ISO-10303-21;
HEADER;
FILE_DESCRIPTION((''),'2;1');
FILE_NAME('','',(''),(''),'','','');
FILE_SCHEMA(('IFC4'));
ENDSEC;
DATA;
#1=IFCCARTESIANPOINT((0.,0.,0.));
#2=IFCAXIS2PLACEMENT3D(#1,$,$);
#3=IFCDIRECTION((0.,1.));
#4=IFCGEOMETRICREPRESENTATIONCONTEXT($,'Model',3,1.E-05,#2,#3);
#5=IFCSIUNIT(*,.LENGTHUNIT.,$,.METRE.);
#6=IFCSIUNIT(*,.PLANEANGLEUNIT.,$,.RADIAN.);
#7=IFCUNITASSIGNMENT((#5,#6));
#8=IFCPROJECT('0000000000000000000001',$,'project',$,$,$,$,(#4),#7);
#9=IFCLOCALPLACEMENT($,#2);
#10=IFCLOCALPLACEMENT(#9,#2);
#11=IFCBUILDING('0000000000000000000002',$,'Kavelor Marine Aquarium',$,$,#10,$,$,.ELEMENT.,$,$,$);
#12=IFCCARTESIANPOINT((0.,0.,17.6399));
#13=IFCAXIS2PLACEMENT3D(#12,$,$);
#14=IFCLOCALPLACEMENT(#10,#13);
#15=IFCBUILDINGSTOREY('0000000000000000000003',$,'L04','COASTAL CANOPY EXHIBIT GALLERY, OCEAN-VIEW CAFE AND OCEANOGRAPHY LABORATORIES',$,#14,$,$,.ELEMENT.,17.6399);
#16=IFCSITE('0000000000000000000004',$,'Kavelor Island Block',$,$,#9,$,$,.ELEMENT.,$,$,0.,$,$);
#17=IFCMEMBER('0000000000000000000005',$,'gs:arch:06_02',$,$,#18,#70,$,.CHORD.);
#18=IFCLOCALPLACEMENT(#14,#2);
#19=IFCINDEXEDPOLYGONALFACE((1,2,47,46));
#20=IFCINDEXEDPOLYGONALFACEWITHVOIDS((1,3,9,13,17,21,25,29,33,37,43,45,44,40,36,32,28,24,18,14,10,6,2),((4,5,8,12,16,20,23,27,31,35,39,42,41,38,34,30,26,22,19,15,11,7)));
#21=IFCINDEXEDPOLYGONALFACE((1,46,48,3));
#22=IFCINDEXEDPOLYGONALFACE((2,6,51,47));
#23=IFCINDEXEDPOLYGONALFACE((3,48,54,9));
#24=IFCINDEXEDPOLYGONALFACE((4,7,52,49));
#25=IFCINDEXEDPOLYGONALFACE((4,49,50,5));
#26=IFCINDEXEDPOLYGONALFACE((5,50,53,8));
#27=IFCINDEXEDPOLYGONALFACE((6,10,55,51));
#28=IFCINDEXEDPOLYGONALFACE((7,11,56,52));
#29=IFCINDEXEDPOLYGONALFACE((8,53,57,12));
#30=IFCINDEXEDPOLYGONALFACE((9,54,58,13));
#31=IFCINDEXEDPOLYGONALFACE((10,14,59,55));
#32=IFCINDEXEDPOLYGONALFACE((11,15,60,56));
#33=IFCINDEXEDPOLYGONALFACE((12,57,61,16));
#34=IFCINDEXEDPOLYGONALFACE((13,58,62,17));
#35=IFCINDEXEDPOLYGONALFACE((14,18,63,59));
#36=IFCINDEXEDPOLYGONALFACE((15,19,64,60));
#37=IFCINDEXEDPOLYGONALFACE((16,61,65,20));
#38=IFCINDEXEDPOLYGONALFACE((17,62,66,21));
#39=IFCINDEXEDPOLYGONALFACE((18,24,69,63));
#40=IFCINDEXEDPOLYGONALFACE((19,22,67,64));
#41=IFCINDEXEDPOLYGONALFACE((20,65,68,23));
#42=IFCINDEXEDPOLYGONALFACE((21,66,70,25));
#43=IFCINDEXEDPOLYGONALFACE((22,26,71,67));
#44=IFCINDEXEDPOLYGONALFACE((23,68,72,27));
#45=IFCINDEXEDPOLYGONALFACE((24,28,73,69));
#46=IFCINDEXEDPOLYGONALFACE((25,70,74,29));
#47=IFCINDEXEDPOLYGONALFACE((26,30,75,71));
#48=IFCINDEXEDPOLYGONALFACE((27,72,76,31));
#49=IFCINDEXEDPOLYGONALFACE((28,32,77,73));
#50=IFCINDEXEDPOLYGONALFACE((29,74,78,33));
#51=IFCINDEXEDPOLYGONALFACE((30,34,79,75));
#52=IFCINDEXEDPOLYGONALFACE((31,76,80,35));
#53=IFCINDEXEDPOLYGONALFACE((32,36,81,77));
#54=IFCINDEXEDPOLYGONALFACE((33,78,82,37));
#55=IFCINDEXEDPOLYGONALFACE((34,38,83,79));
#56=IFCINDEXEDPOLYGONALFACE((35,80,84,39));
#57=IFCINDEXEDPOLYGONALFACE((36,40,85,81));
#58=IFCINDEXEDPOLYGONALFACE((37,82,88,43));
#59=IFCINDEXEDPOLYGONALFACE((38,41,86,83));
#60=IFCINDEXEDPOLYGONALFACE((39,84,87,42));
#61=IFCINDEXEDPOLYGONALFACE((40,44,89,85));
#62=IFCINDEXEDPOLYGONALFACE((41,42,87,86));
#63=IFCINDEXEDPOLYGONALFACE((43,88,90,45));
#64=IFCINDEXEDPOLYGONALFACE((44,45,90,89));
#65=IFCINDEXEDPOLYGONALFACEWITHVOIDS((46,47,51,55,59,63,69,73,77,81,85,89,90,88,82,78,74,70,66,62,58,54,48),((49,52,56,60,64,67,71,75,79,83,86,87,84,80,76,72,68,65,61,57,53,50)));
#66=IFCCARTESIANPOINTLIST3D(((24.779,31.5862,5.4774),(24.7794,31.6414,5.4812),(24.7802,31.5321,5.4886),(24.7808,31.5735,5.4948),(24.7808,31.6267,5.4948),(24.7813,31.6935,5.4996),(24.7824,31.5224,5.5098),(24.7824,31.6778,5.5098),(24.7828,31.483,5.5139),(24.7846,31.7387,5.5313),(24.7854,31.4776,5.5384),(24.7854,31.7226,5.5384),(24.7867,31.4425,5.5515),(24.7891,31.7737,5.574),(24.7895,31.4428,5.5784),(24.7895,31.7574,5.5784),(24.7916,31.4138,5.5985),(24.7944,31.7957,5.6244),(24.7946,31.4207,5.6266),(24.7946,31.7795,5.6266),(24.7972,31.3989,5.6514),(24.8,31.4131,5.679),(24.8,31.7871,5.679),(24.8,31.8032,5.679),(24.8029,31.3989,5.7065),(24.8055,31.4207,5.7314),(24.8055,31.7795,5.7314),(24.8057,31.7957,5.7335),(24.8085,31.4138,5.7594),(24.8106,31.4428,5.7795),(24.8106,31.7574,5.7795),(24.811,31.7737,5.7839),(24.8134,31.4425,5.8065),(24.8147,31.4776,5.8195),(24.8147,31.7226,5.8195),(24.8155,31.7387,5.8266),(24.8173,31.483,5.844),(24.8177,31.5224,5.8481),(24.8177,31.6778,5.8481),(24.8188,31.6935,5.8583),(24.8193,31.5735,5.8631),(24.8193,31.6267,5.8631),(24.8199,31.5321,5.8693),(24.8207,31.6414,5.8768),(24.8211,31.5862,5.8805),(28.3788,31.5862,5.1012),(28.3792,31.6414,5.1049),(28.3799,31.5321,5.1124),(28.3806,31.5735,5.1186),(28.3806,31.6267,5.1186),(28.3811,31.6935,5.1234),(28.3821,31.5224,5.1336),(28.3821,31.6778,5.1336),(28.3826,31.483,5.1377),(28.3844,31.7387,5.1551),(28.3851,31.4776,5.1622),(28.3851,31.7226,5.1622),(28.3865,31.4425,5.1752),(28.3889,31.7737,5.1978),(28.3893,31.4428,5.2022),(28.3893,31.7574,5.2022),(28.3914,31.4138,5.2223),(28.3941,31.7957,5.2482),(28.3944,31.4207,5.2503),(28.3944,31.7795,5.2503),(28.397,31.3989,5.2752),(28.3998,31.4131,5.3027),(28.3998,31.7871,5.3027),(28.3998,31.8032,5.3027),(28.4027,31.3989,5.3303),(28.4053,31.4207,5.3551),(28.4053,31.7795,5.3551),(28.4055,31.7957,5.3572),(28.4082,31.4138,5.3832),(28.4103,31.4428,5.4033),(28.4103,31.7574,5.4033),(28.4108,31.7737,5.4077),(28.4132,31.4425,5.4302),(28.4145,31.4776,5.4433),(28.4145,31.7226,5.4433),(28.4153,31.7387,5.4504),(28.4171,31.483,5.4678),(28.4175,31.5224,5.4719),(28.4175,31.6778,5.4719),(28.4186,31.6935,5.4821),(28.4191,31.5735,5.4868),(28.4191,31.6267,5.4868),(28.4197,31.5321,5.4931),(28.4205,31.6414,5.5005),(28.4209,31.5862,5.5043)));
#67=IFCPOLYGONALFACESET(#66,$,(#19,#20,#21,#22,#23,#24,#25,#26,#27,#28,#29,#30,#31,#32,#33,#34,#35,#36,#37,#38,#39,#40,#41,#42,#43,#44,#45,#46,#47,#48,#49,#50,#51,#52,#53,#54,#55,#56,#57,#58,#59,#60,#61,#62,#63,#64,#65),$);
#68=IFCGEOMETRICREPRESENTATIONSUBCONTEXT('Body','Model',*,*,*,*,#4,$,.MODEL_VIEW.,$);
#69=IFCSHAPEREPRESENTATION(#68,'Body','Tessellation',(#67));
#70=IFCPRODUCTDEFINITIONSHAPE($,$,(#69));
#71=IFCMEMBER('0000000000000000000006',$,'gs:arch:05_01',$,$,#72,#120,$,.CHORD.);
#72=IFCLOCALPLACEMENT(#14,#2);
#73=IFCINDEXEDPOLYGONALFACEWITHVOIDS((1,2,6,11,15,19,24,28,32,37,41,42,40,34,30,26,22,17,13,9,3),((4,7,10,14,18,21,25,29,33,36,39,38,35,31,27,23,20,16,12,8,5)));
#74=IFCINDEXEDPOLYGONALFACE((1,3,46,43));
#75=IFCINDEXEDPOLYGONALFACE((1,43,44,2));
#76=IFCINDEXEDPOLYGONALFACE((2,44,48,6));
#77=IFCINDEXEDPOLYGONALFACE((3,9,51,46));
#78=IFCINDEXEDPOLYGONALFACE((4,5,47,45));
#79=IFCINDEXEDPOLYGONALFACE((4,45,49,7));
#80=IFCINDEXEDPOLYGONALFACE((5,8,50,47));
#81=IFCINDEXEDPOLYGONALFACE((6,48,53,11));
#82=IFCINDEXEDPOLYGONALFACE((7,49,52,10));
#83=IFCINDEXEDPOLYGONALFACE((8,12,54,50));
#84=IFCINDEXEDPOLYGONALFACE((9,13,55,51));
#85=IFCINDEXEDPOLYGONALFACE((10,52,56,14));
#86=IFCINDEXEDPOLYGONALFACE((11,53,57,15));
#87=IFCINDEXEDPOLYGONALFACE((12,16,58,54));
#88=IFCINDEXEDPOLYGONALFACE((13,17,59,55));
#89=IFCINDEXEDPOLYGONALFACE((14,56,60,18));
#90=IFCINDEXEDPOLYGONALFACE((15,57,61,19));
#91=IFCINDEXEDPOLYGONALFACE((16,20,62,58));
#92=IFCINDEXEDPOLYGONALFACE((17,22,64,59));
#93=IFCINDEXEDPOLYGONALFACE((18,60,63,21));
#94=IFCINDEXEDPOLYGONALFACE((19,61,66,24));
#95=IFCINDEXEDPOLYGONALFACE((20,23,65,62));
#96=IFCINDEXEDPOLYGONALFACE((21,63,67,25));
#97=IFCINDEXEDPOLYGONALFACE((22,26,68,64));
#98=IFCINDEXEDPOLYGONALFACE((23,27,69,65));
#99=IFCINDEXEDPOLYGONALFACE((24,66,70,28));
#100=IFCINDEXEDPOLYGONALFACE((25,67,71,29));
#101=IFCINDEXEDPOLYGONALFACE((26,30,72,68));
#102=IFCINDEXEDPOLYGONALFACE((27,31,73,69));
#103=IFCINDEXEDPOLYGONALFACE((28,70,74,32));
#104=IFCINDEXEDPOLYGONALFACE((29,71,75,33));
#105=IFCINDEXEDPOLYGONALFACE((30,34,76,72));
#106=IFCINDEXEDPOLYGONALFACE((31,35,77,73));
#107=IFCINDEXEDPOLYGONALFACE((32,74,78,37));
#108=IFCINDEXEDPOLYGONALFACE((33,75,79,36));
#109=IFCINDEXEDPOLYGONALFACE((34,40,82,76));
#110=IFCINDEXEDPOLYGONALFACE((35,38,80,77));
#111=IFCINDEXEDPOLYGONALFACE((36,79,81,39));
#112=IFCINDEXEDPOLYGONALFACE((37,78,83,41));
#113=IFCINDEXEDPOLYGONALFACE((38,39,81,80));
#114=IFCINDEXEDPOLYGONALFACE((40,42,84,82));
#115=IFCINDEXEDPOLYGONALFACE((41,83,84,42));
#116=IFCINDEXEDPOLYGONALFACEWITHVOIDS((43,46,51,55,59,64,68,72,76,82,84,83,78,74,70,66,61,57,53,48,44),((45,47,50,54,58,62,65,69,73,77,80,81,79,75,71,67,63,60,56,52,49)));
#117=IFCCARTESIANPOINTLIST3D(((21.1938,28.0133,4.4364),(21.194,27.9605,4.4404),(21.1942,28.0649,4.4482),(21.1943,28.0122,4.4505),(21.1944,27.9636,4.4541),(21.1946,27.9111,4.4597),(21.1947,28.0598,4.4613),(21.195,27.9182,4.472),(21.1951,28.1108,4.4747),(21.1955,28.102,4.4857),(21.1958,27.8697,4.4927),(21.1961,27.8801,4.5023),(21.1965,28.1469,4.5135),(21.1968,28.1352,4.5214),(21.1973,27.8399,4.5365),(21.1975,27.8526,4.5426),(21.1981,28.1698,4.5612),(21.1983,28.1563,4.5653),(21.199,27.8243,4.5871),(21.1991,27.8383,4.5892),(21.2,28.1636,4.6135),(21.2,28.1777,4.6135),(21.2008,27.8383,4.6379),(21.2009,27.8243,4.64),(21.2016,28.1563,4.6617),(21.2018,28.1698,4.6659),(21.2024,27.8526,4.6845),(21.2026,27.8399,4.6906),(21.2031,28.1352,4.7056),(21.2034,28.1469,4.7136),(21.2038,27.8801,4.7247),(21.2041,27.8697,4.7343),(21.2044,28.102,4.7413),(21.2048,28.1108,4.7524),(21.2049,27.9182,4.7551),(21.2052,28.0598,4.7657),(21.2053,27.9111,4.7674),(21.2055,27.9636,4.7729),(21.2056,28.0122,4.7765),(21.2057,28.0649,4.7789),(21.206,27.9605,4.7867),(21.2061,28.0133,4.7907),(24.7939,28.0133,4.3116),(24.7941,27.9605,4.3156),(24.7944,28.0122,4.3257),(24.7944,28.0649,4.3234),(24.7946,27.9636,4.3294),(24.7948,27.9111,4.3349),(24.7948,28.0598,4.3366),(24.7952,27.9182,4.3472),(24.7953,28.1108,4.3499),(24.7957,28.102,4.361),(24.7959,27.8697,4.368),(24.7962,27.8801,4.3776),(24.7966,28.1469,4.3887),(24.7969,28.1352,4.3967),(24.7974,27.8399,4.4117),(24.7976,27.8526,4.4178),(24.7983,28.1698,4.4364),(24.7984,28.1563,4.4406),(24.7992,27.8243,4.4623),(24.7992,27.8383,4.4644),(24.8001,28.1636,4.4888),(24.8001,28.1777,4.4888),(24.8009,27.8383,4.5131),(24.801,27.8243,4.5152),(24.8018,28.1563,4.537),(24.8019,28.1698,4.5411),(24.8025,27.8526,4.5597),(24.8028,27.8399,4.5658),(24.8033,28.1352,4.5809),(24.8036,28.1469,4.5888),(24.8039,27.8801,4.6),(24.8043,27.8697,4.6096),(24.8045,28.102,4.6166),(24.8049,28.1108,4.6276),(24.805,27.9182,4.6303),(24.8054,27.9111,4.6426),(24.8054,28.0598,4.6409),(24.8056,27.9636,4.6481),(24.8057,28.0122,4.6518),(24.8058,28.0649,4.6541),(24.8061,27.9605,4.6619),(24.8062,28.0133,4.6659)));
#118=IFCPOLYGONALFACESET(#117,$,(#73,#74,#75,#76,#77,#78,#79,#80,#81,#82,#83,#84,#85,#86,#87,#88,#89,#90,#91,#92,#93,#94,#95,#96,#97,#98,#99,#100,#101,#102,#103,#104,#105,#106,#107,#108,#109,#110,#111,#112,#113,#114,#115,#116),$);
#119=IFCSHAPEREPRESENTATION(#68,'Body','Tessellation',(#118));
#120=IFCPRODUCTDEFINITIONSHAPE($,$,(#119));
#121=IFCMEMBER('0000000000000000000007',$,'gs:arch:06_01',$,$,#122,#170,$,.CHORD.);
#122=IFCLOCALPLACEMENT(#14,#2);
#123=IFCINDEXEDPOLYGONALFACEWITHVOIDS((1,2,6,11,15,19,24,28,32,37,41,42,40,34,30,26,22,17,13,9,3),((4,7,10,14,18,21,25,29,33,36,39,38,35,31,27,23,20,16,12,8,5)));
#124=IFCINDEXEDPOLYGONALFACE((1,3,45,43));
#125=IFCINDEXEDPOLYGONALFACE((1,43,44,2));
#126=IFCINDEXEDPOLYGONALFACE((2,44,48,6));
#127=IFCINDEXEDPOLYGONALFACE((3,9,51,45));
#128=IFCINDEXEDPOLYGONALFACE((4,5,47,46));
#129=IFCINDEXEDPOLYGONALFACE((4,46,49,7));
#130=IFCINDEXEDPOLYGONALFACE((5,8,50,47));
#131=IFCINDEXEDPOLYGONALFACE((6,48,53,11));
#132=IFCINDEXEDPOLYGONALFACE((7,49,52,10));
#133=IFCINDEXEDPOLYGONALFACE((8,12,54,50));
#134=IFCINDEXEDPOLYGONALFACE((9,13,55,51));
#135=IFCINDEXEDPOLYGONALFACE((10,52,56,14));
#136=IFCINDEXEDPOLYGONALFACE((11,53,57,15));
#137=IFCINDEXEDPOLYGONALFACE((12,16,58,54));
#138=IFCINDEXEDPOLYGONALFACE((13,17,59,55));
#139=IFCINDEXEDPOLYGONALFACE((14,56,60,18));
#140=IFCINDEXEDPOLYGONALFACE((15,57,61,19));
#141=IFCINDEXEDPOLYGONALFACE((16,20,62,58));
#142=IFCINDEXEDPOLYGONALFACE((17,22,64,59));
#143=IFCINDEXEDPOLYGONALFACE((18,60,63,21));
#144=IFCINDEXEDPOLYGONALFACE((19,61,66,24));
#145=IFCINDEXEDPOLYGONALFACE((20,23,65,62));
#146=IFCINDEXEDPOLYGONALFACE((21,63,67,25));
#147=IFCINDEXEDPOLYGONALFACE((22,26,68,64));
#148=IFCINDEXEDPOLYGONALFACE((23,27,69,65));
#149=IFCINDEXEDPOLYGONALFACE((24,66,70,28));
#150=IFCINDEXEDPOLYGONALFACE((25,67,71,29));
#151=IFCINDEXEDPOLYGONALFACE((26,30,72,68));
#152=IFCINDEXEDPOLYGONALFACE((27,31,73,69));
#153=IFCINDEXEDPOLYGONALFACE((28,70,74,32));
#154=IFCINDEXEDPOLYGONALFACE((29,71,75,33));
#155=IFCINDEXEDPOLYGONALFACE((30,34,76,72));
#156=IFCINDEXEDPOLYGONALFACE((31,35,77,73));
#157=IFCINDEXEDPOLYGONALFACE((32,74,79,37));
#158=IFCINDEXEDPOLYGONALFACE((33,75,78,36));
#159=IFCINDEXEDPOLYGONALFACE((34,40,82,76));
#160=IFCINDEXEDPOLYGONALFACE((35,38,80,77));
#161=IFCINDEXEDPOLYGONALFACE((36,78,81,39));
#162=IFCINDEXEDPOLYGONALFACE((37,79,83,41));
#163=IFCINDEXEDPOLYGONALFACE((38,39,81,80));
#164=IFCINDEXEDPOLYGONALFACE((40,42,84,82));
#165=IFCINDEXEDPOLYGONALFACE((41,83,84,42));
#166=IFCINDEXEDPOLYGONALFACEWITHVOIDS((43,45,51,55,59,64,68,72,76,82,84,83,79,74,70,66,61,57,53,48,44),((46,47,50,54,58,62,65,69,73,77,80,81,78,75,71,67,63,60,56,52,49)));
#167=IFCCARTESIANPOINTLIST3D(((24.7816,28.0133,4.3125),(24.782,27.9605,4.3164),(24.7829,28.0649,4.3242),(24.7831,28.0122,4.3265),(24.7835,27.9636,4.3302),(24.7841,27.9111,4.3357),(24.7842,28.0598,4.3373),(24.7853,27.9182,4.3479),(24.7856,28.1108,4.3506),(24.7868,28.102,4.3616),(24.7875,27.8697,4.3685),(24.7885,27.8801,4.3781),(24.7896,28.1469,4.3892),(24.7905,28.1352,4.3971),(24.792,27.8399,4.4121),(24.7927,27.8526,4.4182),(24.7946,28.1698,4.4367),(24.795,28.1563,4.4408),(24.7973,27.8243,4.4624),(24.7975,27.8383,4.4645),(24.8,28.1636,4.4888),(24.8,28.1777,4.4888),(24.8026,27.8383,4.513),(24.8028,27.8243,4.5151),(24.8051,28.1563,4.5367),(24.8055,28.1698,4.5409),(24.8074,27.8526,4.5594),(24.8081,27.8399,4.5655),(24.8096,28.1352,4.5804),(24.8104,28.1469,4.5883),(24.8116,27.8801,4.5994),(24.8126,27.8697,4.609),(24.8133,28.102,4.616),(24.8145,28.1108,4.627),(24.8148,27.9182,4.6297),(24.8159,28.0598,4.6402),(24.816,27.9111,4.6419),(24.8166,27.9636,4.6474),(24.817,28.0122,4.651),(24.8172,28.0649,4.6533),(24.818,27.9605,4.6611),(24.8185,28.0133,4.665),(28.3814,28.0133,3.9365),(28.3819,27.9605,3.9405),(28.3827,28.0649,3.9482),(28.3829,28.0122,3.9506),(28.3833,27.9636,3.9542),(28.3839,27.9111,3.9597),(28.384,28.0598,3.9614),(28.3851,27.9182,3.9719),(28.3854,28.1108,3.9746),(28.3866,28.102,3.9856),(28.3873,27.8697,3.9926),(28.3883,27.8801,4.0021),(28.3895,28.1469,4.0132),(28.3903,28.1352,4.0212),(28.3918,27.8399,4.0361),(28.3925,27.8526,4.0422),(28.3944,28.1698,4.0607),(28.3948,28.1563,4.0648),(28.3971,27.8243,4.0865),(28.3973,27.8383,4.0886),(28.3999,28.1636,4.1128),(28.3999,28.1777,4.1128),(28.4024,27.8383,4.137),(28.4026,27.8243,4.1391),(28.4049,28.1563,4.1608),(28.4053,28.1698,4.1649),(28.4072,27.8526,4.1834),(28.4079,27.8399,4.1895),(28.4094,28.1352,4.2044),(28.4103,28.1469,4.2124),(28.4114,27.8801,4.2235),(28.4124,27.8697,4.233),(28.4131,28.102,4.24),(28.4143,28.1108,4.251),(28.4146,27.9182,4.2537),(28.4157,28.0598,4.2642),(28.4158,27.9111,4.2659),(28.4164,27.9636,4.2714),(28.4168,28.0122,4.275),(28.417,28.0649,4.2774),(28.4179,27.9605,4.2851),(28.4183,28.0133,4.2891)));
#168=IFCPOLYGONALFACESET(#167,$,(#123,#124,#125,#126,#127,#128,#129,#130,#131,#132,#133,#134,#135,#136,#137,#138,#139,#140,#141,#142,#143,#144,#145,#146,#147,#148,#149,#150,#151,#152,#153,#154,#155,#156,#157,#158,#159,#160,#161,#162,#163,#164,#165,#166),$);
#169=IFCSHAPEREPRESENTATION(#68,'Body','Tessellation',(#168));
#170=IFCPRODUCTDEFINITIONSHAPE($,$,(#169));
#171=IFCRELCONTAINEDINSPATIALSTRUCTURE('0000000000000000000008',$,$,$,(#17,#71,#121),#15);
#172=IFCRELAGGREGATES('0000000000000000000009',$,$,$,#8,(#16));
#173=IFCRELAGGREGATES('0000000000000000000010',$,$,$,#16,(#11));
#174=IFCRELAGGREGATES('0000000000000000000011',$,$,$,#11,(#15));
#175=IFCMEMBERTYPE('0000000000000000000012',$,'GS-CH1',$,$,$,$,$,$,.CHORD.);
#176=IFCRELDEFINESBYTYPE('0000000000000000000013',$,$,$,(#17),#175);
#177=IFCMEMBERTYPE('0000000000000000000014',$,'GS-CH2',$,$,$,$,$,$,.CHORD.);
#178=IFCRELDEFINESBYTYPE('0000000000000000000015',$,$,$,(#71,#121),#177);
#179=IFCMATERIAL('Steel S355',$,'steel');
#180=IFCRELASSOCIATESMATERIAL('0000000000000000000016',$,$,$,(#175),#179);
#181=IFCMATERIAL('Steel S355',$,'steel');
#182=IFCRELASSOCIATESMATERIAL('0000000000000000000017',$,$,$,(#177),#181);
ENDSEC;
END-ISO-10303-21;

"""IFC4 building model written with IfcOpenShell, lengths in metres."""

from ifc_helpers import new_model, si_unit, direction, frame, origin, origin_2d, place, context, subcontext, project, spatial, hollow_circle, extrude, material, material_profile, profile_set, type_object, element, save


model = new_model("IFC4")

# Units and contexts
model_context = context("Model", 3, precision=1e-05, world=origin(), true_north=direction((0.0, 1.0)))
body_context = subcontext(model_context, "Body", "Model", "MODEL_VIEW")
ifc_project = project(units=[si_unit("LENGTHUNIT", "METRE"), si_unit("PLANEANGLEUNIT", "RADIAN")], contexts=[model_context])

# Site, building, storey
site_placement = place(None, origin())
site = spatial("IfcSite", under=ifc_project, at=site_placement, Name="Kavelor Island Block", CompositionType="ELEMENT", RefElevation=0.0)
building_placement = place(site_placement, origin())
building = spatial("IfcBuilding", under=site, at=building_placement, Name="Kavelor Marine Aquarium", CompositionType="ELEMENT")
storey_placement = place(building_placement, frame((0.0, 0.0, 17.6399)))
storey = spatial("IfcBuildingStorey", under=building, at=storey_placement, Name="L04", Description="COASTAL CANOPY EXHIBIT GALLERY, OCEAN-VIEW CAFE AND OCEANOGRAPHY LABORATORIES", CompositionType="ELEMENT", Elevation=17.6399)

# Members
ifc_material_1 = material(Name="Steel S355", Category="steel")
ifc_material_profile_1 = material_profile(ifc_material_1, hollow_circle(Radius=0.2031, WallThickness=0.0161, at=origin_2d()), Name="CHS 406.4x16.0")
ifc_profile_set_1 = profile_set([ifc_material_profile_1], Name="Steel S355")
member_type_1 = type_object("IfcMemberType", Name="GS-CH1", PredefinedType="CHORD", material=ifc_profile_set_1)
member_1_placement = place(storey_placement, frame((24.8, 31.6001, 5.679), z_axis=(0.994583, 0.0, -0.103944), x_axis=(0.0, 1.0, 0.0)))
element("IfcMember", 1, at=member_1_placement, inside=storey, type_object=member_type_1, Name="gs:arch:06_02", PredefinedType="CHORD", context=body_context, shape_type="SweptSolid", body=[
    extrude(hollow_circle(Radius=0.2031, WallThickness=0.0161, at=origin_2d()), origin(), (0.0, 0.0, 1.0), 3.6194),
])
ifc_material_2 = material(Name="Steel S355", Category="steel")
ifc_material_profile_2 = material_profile(ifc_material_2, hollow_circle(Radius=0.1777, WallThickness=0.0142, at=origin_2d()), Name="CHS 355.6x14.2")
ifc_profile_set_2 = profile_set([ifc_material_profile_2], Name="Steel S355")
member_type_2 = type_object("IfcMemberType", Name="GS-CH2", PredefinedType="CHORD", material=ifc_profile_set_2)
member_2_placement = place(storey_placement, frame((21.2, 28.0, 4.6135), z_axis=(0.9994, 0.0, -0.034633), x_axis=(0.0, 1.0, 0.0)))
element("IfcMember", 2, at=member_2_placement, inside=storey, type_object=member_type_2, Name="gs:arch:05_01", PredefinedType="CHORD", context=body_context, shape_type="SweptSolid", body=[
    extrude(hollow_circle(Radius=0.1777, WallThickness=0.0142, at=origin_2d()), origin(), (0.0, 0.0, 1.0), 3.6023),
])
member_3_placement = place(storey_placement, frame((24.8, 28.0, 4.4888), z_axis=(0.99459, 0.0, -0.103877), x_axis=(0.0, 1.0, 0.0)))
element("IfcMember", 3, at=member_3_placement, inside=storey, type_object=member_type_2, Name="gs:arch:06_01", PredefinedType="CHORD", context=body_context, shape_type="SweptSolid", body=[
    extrude(hollow_circle(Radius=0.1777, WallThickness=0.0142, at=origin_2d()), origin(), (0.0, 0.0, 1.0), 3.6194),
])

save(model, "model.ifc")
